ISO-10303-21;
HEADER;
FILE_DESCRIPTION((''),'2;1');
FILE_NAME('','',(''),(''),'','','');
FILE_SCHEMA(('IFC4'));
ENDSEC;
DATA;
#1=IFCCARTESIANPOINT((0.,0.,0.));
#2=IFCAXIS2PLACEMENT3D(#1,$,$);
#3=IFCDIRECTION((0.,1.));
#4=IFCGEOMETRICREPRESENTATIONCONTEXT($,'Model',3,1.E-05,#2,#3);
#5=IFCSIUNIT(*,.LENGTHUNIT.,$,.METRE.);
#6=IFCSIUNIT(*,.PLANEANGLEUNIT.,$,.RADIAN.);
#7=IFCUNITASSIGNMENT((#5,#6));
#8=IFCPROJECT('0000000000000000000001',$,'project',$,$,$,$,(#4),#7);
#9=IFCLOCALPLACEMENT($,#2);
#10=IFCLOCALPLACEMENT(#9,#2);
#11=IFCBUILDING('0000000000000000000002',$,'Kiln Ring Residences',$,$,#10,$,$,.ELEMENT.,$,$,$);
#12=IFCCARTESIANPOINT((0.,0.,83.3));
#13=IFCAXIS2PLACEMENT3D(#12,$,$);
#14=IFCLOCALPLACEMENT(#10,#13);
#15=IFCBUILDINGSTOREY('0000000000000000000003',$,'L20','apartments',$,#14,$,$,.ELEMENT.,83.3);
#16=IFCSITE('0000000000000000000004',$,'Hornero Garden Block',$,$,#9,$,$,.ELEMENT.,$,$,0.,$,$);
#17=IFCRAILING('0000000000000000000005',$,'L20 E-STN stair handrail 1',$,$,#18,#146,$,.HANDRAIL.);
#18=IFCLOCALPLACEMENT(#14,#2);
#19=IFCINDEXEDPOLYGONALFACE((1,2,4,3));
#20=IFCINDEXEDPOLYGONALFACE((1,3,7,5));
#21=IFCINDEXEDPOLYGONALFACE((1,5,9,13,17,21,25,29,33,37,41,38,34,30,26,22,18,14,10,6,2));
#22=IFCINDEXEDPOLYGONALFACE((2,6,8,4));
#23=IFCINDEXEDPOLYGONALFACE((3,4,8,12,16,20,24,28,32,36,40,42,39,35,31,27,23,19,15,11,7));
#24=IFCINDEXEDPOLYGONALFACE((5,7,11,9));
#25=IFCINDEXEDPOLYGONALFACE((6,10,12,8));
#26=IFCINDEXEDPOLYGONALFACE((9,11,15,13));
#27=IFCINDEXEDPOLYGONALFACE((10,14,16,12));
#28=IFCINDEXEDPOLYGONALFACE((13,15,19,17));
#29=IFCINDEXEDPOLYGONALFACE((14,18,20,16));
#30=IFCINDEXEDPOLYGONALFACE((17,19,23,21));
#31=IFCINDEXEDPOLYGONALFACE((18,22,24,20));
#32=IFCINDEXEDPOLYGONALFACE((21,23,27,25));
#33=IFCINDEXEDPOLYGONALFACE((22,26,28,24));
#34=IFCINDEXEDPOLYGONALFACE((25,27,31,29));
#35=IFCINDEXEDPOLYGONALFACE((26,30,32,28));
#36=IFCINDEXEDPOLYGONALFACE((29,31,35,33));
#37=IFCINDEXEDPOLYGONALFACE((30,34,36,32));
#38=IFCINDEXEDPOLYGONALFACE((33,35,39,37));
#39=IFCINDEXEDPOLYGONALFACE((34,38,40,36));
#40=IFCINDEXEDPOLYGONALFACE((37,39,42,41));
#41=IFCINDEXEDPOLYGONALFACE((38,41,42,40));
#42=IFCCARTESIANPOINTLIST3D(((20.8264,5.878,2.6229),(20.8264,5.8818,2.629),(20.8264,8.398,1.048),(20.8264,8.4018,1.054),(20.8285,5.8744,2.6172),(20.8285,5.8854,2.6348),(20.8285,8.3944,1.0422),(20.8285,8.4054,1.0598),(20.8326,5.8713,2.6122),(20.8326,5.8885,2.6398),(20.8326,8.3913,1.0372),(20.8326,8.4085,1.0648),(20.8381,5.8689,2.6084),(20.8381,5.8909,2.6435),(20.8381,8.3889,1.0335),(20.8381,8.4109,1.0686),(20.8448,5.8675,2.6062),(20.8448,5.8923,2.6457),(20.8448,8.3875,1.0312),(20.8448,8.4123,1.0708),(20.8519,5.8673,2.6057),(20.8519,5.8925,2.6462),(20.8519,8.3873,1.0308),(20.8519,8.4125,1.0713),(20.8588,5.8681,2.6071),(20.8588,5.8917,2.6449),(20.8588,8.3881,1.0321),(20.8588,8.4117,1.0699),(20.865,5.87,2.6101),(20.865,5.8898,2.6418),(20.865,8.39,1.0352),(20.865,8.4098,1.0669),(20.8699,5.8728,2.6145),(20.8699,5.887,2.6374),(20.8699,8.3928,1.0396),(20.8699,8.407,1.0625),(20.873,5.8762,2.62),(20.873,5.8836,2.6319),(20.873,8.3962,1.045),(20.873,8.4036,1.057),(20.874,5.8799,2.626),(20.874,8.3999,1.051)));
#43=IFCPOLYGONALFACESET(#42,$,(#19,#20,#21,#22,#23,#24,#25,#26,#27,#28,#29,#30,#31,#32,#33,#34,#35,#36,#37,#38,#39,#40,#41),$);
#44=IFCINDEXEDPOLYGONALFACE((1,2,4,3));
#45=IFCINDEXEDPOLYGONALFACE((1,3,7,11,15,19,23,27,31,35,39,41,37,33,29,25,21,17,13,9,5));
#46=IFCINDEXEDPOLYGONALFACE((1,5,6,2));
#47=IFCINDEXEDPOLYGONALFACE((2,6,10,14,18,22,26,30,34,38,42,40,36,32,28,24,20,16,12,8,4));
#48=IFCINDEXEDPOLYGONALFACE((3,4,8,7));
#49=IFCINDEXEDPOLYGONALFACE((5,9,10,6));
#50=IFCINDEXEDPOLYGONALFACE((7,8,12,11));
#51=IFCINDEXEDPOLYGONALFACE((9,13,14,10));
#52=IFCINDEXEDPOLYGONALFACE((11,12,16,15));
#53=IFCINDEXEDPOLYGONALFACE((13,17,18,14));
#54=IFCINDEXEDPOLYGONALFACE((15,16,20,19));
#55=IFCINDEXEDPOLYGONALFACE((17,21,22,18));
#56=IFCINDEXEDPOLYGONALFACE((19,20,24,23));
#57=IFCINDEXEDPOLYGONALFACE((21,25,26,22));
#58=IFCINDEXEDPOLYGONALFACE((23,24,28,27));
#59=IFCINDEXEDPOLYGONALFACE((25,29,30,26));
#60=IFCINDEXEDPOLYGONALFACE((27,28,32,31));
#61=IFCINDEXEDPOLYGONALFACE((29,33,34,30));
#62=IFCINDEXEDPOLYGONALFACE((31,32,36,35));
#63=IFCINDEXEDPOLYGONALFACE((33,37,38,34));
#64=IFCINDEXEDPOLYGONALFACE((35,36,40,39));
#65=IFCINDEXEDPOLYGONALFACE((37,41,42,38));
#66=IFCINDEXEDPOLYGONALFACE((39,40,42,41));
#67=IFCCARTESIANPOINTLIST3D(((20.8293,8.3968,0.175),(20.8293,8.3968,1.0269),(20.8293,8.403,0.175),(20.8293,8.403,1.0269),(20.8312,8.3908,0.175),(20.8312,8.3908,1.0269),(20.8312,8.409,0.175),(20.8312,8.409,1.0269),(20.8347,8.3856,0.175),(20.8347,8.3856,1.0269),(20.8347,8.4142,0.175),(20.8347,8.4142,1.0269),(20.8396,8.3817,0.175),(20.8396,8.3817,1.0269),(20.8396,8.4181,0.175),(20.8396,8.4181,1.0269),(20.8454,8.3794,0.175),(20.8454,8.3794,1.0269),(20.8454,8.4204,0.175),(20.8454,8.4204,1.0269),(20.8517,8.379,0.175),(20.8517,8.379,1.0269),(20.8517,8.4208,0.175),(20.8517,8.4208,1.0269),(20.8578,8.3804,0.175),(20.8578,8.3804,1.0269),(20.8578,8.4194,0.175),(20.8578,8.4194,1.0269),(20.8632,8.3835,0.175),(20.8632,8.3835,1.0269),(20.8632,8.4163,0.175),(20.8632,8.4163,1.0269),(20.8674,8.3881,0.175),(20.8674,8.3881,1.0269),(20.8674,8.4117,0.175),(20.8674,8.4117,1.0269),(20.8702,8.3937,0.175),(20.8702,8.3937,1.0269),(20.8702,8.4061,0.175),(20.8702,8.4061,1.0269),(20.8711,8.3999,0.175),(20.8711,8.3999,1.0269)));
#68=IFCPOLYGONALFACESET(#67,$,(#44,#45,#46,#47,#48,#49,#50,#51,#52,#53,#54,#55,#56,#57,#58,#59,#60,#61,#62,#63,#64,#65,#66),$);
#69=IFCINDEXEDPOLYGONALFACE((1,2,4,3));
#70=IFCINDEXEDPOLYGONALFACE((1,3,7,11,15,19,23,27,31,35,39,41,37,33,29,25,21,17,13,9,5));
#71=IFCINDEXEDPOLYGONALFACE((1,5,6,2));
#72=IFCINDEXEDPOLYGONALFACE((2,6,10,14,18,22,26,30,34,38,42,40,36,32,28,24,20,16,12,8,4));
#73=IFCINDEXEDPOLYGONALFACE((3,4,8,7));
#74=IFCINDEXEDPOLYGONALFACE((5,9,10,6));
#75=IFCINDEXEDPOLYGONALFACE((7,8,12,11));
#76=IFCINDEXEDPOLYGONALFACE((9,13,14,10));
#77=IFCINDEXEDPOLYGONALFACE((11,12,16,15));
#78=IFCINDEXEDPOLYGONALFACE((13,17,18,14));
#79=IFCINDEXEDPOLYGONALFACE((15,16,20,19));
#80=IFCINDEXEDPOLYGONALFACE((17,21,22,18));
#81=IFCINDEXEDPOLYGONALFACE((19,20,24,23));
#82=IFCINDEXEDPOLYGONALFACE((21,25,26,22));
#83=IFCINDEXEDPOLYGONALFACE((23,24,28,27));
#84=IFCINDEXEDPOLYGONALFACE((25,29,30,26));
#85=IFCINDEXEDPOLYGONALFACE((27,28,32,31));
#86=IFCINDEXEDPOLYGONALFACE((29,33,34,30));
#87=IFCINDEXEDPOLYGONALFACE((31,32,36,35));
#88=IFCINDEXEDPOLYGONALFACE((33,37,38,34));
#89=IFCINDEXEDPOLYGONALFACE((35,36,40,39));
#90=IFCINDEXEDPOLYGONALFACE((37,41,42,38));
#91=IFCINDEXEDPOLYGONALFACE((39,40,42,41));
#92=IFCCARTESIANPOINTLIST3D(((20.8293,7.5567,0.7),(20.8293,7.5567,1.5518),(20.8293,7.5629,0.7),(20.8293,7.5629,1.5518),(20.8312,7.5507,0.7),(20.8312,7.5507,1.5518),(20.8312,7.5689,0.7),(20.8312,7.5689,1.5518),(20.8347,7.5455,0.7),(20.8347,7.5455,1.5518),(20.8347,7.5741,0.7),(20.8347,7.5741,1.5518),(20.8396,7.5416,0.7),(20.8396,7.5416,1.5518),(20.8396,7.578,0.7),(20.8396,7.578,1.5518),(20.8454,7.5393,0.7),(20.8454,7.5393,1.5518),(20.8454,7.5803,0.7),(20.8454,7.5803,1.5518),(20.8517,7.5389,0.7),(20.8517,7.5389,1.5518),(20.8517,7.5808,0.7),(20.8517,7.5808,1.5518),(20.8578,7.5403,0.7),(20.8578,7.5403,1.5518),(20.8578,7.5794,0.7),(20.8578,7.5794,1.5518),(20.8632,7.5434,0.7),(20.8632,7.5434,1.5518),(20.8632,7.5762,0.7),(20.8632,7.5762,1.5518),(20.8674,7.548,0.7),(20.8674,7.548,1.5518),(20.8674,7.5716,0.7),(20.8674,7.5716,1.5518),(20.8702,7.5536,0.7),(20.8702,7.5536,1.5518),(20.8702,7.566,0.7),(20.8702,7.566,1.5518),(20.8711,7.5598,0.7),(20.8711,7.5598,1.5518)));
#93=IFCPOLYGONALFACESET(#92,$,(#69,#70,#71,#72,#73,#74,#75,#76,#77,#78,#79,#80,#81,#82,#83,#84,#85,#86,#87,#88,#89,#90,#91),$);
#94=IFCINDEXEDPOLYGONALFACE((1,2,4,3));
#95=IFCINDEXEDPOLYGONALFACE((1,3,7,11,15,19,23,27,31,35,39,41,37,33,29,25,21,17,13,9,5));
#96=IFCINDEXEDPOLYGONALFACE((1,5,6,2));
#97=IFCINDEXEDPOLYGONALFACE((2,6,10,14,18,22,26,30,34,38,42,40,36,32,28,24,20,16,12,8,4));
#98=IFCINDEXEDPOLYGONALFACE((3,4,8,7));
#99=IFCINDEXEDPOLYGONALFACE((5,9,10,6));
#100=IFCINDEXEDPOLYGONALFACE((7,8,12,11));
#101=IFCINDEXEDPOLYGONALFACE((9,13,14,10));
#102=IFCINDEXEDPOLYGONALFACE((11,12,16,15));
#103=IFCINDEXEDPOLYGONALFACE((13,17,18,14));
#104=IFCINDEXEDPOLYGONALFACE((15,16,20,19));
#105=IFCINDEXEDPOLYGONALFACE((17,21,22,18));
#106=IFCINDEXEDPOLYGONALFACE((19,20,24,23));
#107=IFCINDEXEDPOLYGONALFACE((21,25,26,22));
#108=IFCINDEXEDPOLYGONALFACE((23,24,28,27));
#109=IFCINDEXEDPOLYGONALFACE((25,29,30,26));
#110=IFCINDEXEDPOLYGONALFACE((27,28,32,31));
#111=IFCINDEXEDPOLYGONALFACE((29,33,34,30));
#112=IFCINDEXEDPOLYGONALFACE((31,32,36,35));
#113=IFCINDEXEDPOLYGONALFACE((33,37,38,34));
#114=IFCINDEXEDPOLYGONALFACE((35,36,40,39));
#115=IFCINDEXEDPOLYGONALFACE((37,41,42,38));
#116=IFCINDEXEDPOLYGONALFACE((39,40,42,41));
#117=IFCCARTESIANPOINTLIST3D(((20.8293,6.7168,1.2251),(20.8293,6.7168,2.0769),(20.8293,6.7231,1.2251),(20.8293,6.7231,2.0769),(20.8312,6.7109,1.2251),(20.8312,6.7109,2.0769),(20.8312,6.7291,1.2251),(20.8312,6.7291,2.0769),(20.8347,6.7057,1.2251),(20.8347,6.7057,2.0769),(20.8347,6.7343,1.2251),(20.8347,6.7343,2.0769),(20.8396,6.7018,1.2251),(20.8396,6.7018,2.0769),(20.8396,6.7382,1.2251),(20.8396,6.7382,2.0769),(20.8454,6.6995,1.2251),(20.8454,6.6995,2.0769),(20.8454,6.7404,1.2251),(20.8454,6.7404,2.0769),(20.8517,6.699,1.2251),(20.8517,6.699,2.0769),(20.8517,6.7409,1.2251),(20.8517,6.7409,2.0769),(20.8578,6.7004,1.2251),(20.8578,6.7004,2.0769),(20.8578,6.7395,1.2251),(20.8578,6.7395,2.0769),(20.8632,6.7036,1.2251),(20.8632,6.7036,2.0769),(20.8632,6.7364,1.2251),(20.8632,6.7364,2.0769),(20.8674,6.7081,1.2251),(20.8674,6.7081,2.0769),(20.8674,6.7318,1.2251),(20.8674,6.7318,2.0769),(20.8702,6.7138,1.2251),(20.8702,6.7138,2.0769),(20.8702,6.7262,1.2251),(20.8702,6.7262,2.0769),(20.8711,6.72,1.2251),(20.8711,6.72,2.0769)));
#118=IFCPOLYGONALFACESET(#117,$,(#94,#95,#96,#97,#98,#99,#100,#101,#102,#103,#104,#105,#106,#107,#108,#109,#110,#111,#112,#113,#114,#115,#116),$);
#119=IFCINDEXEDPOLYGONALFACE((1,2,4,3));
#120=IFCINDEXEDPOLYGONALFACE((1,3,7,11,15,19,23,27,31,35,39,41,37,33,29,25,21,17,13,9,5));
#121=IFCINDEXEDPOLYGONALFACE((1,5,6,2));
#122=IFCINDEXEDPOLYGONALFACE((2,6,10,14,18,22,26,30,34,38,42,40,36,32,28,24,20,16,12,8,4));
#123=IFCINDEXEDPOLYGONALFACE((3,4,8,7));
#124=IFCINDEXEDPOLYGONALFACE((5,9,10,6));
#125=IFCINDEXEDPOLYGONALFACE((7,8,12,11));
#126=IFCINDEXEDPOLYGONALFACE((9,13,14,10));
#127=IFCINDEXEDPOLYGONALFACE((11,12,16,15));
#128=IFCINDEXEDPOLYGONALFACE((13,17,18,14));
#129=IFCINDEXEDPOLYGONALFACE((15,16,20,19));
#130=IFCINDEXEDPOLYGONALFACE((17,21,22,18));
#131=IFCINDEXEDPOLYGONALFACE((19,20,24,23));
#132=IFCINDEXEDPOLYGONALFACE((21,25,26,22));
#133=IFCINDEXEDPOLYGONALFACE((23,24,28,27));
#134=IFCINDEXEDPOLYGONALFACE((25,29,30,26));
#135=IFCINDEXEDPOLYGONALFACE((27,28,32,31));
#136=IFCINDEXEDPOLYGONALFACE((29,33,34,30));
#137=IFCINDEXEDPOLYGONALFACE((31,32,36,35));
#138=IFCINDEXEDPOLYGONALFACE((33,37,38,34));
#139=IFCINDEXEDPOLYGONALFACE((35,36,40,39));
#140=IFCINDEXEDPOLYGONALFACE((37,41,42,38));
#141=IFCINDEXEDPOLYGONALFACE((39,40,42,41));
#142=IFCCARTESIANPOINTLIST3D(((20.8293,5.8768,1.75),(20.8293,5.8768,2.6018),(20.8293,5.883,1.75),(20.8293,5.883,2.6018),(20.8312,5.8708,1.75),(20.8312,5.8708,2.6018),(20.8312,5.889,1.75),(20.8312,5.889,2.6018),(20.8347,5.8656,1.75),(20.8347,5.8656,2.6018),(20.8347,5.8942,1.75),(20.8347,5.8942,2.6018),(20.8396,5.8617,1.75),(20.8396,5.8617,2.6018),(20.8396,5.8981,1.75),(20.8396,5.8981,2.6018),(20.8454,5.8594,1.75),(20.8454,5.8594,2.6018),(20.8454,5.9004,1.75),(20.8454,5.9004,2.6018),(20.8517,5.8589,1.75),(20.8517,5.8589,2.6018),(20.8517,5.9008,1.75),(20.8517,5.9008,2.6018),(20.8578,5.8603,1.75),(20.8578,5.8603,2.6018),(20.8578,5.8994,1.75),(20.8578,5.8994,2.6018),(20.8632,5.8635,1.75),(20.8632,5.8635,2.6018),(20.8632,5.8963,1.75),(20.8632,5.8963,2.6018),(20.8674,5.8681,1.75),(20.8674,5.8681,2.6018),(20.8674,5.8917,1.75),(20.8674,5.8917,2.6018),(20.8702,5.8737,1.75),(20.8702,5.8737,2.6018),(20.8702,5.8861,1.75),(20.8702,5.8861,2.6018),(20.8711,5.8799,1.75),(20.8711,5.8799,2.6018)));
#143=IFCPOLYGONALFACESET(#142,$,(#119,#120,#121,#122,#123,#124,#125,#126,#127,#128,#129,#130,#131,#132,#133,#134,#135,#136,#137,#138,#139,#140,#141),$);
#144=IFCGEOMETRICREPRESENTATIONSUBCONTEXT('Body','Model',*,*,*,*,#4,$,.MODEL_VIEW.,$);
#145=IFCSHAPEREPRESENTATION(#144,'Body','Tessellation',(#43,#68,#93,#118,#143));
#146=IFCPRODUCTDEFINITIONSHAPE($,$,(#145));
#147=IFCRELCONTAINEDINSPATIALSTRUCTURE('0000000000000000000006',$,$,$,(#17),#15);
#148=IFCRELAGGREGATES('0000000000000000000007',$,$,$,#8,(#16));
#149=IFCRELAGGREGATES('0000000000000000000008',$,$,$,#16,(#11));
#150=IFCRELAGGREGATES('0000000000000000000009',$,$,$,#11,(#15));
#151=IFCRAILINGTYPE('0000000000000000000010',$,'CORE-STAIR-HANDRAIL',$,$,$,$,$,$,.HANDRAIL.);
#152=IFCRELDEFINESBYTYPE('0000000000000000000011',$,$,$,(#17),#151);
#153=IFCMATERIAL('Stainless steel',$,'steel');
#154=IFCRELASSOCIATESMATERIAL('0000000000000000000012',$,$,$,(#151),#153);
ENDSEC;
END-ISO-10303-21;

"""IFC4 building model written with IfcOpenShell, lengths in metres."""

from ifc_helpers import new_model, si_unit, direction, frame, origin, origin_2d, place, context, subcontext, project, spatial, circle, extrude, material, type_object, element, save


model = new_model("IFC4")

# Units and contexts
model_context = context("Model", 3, precision=1e-05, world=origin(), true_north=direction((0.0, 1.0)))
body_context = subcontext(model_context, "Body", "Model", "MODEL_VIEW")
ifc_project = project(units=[si_unit("LENGTHUNIT", "METRE"), si_unit("PLANEANGLEUNIT", "RADIAN")], contexts=[model_context])

# Site, building, storey
site_placement = place(None, origin())
site = spatial("IfcSite", under=ifc_project, at=site_placement, Name="Hornero Garden Block", CompositionType="ELEMENT", RefElevation=0.0)
building_placement = place(site_placement, origin())
building = spatial("IfcBuilding", under=site, at=building_placement, Name="Kiln Ring Residences", CompositionType="ELEMENT")
storey_placement = place(building_placement, frame((0.0, 0.0, 83.3)))
storey = spatial("IfcBuildingStorey", under=building, at=storey_placement, Name="L20", Description="apartments", CompositionType="ELEMENT", Elevation=83.3)

# Railing
ifc_material_1 = material(Name="Stainless steel", Category="steel")
railing_type_1 = type_object("IfcRailingType", Name="CORE-STAIR-HANDRAIL", PredefinedType="HANDRAIL", material=ifc_material_1)
railing_1_placement = place(storey_placement, frame((20.8501, 8.3999, 0.175)))
element("IfcRailing", 1, at=railing_1_placement, inside=storey, type_object=railing_type_1, Name="L20 E-STN stair handrail 1", PredefinedType="HANDRAIL", context=body_context, shape_type="SweptSolid", body=[
    extrude(circle(Radius=0.0239, at=origin_2d()), frame((0.0, 0.0, 0.876), z_axis=(0.0, -0.848008, 0.529984), x_axis=(1.0, 0.0, 0.0)), (0.0, 0.0, 1.0), 2.9717),
    extrude(circle(Radius=0.021, at=origin_2d()), origin(), (0.0, 0.0, 1.0), 0.8518),
    extrude(circle(Radius=0.021, at=origin_2d()), frame((0.0, -0.8401, 0.5249)), (0.0, 0.0, 1.0), 0.8518),
    extrude(circle(Radius=0.021, at=origin_2d()), frame((0.0, -1.6799, 1.05)), (0.0, 0.0, 1.0), 0.8518),
    extrude(circle(Radius=0.021, at=origin_2d()), frame((0.0, -2.52, 1.575)), (0.0, 0.0, 1.0), 0.8518),
])

save(model, "model.ifc")
